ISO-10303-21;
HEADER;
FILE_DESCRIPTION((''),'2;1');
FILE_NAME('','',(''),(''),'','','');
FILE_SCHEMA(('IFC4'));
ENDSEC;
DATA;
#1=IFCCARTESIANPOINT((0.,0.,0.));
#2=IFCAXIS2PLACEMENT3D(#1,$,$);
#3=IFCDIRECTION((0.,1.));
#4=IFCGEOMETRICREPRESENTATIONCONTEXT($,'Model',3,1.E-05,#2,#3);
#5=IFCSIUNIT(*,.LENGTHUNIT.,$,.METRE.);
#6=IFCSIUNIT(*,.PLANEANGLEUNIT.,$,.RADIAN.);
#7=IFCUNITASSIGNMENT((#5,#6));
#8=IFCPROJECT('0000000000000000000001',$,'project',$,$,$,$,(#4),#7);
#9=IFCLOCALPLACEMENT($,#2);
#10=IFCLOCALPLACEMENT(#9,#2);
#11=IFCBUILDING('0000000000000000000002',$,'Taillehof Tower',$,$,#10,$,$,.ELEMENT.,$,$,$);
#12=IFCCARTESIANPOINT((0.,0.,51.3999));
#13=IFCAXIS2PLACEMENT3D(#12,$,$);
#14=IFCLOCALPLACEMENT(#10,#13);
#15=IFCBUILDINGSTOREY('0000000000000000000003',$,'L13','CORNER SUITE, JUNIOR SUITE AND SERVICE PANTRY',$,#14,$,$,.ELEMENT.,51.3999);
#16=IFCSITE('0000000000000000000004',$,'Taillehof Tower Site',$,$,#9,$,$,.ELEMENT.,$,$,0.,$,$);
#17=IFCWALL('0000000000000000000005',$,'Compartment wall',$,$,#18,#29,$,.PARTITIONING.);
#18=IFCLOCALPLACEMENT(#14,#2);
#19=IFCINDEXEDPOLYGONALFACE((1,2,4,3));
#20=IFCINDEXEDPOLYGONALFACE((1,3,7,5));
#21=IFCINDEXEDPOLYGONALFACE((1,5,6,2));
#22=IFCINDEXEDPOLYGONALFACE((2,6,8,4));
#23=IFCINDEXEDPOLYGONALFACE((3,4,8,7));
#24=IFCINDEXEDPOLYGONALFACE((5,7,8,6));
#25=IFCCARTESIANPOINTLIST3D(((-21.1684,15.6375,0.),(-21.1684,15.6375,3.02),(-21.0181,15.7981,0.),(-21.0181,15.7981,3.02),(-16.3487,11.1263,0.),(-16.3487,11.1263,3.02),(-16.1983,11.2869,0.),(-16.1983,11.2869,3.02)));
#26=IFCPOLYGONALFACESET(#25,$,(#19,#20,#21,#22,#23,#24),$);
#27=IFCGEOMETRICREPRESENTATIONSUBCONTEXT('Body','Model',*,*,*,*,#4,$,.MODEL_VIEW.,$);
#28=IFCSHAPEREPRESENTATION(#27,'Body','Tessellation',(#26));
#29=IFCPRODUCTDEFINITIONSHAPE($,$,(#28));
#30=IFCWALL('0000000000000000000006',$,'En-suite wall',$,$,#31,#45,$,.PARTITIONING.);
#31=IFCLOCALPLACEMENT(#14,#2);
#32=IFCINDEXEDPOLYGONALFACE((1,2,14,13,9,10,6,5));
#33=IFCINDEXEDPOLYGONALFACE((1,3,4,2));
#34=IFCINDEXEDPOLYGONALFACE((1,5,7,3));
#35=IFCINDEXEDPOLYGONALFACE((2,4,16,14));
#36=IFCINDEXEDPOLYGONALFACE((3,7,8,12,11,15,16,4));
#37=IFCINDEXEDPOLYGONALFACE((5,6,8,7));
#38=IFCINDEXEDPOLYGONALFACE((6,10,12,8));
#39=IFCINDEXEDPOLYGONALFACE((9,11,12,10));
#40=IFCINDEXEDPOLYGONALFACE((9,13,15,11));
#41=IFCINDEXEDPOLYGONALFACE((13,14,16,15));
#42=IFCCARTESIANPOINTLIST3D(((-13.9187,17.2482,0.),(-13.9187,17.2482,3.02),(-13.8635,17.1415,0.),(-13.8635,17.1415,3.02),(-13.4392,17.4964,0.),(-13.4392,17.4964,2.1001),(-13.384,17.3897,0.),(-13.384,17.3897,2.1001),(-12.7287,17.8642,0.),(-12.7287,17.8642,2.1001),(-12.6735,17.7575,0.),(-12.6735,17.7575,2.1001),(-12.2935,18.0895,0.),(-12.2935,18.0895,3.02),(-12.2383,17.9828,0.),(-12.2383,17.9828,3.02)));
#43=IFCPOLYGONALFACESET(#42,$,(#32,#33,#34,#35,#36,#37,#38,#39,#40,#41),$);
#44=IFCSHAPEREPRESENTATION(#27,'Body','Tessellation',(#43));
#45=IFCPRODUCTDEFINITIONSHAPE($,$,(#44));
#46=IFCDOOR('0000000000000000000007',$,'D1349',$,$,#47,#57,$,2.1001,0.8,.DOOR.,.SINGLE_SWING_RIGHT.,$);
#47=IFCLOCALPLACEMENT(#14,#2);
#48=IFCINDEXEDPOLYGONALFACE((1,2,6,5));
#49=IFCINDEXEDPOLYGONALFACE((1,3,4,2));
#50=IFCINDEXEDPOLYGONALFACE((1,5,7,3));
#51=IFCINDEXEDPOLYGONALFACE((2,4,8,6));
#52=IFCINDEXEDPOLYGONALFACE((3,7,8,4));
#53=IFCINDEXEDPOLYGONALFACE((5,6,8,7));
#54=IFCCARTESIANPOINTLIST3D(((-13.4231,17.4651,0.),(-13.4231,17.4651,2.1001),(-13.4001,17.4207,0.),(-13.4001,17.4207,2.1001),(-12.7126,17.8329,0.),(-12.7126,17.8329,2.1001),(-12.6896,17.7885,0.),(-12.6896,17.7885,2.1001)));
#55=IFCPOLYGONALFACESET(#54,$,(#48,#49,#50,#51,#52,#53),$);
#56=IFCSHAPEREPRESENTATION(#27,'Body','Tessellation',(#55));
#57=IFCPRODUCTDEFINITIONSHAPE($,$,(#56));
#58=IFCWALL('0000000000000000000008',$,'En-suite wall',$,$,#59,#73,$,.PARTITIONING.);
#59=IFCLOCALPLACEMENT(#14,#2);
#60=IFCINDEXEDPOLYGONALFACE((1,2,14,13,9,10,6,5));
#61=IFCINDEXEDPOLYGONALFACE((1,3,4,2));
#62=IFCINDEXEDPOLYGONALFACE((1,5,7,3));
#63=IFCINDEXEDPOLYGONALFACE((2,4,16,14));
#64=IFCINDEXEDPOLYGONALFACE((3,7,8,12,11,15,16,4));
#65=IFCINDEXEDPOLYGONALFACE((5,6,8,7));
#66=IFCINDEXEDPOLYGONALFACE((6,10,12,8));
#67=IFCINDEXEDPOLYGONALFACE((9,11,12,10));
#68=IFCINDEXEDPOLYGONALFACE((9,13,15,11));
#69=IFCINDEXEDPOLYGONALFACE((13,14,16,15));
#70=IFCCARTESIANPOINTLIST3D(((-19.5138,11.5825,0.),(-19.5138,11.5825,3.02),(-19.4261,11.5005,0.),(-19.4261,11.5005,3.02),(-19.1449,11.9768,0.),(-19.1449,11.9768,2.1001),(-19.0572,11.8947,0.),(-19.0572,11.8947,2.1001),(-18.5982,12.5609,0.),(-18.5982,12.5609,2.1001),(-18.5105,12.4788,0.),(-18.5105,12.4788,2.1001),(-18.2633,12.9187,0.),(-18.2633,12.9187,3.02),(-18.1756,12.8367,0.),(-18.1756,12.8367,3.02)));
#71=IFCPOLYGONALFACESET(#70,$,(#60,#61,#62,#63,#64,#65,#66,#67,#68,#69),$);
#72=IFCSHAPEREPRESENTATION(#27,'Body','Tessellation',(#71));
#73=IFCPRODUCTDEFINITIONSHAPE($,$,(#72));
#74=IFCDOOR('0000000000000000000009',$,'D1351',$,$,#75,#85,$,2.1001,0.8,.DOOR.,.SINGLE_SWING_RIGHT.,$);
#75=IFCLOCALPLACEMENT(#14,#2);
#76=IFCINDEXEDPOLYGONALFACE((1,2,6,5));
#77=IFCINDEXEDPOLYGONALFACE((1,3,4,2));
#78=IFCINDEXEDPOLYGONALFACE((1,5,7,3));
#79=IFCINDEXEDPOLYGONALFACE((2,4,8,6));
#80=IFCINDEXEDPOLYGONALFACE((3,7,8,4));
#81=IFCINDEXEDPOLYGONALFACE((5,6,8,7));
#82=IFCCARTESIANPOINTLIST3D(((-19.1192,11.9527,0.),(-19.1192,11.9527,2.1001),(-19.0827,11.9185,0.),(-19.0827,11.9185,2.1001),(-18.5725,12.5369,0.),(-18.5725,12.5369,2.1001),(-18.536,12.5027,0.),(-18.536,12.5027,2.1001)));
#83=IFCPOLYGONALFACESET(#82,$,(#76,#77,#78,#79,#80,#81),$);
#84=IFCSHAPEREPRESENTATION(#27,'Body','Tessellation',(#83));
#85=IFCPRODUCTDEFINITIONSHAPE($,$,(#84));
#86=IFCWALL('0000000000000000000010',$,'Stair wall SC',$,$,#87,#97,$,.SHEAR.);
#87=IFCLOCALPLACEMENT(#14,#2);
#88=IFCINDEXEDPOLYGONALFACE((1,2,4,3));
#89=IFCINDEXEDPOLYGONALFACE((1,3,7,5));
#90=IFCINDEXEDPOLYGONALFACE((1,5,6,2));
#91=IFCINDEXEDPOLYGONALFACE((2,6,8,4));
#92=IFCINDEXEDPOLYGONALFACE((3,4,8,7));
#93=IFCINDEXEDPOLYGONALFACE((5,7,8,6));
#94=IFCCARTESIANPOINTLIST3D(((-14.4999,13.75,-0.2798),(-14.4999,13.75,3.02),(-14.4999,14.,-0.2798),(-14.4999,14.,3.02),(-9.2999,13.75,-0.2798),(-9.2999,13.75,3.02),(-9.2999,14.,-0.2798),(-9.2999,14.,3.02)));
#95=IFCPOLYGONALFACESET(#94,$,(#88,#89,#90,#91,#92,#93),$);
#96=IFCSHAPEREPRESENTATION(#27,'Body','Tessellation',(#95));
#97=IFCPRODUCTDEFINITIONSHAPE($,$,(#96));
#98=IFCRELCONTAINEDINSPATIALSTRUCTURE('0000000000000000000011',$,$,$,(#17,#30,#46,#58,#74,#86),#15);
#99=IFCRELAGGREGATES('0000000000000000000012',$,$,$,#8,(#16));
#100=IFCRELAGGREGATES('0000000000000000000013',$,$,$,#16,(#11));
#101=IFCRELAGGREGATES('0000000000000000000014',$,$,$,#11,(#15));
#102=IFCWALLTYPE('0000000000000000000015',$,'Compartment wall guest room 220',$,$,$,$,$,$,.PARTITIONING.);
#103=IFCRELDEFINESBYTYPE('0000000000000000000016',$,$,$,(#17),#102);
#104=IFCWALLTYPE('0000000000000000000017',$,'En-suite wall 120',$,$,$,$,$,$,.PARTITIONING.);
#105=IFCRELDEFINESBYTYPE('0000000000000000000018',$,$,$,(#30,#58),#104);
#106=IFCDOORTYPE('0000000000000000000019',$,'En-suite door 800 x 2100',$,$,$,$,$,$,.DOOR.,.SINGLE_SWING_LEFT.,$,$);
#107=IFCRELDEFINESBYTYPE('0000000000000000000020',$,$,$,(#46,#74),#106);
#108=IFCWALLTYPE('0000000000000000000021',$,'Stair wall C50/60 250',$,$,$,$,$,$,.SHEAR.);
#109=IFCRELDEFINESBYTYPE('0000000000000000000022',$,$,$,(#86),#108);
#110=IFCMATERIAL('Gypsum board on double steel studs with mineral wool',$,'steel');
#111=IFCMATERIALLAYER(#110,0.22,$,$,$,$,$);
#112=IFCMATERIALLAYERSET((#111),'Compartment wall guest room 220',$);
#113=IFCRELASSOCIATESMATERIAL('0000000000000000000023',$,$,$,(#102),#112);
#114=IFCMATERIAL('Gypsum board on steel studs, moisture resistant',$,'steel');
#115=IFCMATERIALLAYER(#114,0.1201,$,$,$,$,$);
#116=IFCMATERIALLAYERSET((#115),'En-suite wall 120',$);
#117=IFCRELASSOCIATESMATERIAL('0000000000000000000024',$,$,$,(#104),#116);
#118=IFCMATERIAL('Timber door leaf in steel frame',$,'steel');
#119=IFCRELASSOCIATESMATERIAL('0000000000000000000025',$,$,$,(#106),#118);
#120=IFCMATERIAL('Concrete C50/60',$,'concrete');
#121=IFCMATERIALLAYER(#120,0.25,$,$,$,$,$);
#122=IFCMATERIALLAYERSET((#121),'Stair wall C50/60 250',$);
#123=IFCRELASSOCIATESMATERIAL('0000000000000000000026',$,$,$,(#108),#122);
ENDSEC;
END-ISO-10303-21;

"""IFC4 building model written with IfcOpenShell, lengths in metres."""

from ifc_helpers import new_model, si_unit, direction, frame, frame_2d, origin, place, context, subcontext, project, spatial, rectangle, extrude, material, layer, layer_set, type_object, element, fill, save


model = new_model("IFC4")

# Units and contexts
model_context = context("Model", 3, precision=1e-05, world=origin(), true_north=direction((0.0, 1.0)))
body_context = subcontext(model_context, "Body", "Model", "MODEL_VIEW")
ifc_project = project(units=[si_unit("LENGTHUNIT", "METRE"), si_unit("PLANEANGLEUNIT", "RADIAN")], contexts=[model_context])

# Site, building, storey
site_placement = place(None, origin())
site = spatial("IfcSite", under=ifc_project, at=site_placement, Name="Taillehof Tower Site", CompositionType="ELEMENT", RefElevation=0.0)
building_placement = place(site_placement, origin())
building = spatial("IfcBuilding", under=site, at=building_placement, Name="Taillehof Tower", CompositionType="ELEMENT")
storey_placement = place(building_placement, frame((0.0, 0.0, 51.3999)))
storey = spatial("IfcBuildingStorey", under=building, at=storey_placement, Name="L13", Description="CORNER SUITE, JUNIOR SUITE AND SERVICE PANTRY", CompositionType="ELEMENT", Elevation=51.3999)

# Wall
ifc_material_1 = material(Name="Gypsum board on double steel studs with mineral wool", Category="steel")
ifc_layer_1 = layer(ifc_material_1, 0.22)
ifc_layer_set_1 = layer_set([ifc_layer_1], Name="Compartment wall guest room 220")
wall_type_1 = type_object("IfcWallType", Name="Compartment wall guest room 220", PredefinedType="PARTITIONING", material=ifc_layer_set_1)
wall_1_placement = place(storey_placement, frame((-21.0933, 15.7178, 0.0), z_axis=(0.0, 0.0, 1.0), x_axis=(0.730093, -0.683348, 0.0)))
element("IfcWall", 1, at=wall_1_placement, inside=storey, type_object=wall_type_1, Name="Compartment wall", PredefinedType="PARTITIONING", context=body_context, shape_type="SweptSolid", body=[
    extrude(rectangle(XDim=6.6016, YDim=0.22, at=frame_2d((3.3008, 0.0))), origin(), (0.0, 0.0, 1.0), 3.02),
])

# Walls, openings, doors
ifc_material_2 = material(Name="Gypsum board on steel studs, moisture resistant", Category="steel")
ifc_layer_2 = layer(ifc_material_2, 0.1201)
ifc_layer_set_2 = layer_set([ifc_layer_2], Name="En-suite wall 120")
wall_type_2 = type_object("IfcWallType", Name="En-suite wall 120", PredefinedType="PARTITIONING", material=ifc_layer_set_2)
wall_2_placement = place(storey_placement, frame((-13.8911, 17.1948, 0.0), z_axis=(0.0, 0.0, 1.0), x_axis=(0.888069, 0.45971, 0.0)))
wall_2 = element("IfcWall", 2, at=wall_2_placement, inside=storey, type_object=wall_type_2, Name="En-suite wall", PredefinedType="PARTITIONING", context=body_context, shape_type="SweptSolid", body=[
    extrude(rectangle(XDim=1.8301, YDim=0.1201, at=frame_2d((0.915, 0.0))), origin(), (0.0, 0.0, 1.0), 3.02),
])
opening_1_placement = place(wall_2_placement, frame((0.54, 0.0, 0.0)))
opening_1 = element("IfcOpeningElement", 3, at=opening_1_placement, cuts=wall_2, PredefinedType="OPENING", context=body_context, shape_type="SweptSolid", body=[
    extrude(rectangle(XDim=0.8, YDim=2.1001, at=frame_2d((0.3999, 1.05))), frame((0.0, 0.0701, 0.0), z_axis=(0.0, -1.0, 0.0), x_axis=(1.0, 0.0, 0.0)), (0.0, 0.0, 1.0), 0.1401),
])
ifc_material_3 = material(Name="Timber door leaf in steel frame", Category="steel")
door_type_1 = type_object("IfcDoorType", Name="En-suite door 800 x 2100", OperationType="SINGLE_SWING_LEFT", PredefinedType="DOOR", material=ifc_material_3)
door_1_placement = place(opening_1_placement, origin())
door_1 = element("IfcDoor", 4, at=door_1_placement, inside=storey, type_object=door_type_1, Name="D1349", OperationType="SINGLE_SWING_RIGHT", OverallHeight=2.1001, OverallWidth=0.8, PredefinedType="DOOR", context=body_context, shape_type="SweptSolid", body=[
    extrude(rectangle(XDim=0.8, YDim=2.1001, at=frame_2d((0.3999, 1.05))), frame((0.0, 0.0249, 0.0), z_axis=(0.0, -1.0, 0.0), x_axis=(1.0, 0.0, 0.0)), (0.0, 0.0, 1.0), 0.05),
])
fill(opening_1, door_1)
wall_3_placement = place(storey_placement, frame((-19.47, 11.5415, 0.0), z_axis=(0.0, 0.0, 1.0), x_axis=(0.683306, 0.730132, 0.0)))
wall_3 = element("IfcWall", 5, at=wall_3_placement, inside=storey, type_object=wall_type_2, Name="En-suite wall", PredefinedType="PARTITIONING", context=body_context, shape_type="SweptSolid", body=[
    extrude(rectangle(XDim=1.8301, YDim=0.1201, at=frame_2d((0.915, 0.0))), origin(), (0.0, 0.0, 1.0), 3.02),
])
opening_2_placement = place(wall_3_placement, frame((0.54, 0.0, 0.0)))
opening_2 = element("IfcOpeningElement", 6, at=opening_2_placement, cuts=wall_3, PredefinedType="OPENING", context=body_context, shape_type="SweptSolid", body=[
    extrude(rectangle(XDim=0.8, YDim=2.1001, at=frame_2d((0.3999, 1.05))), frame((0.0, 0.0701, 0.0), z_axis=(0.0, -1.0, 0.0), x_axis=(1.0, 0.0, 0.0)), (0.0, 0.0, 1.0), 0.1401),
])
door_2_placement = place(opening_2_placement, origin())
door_2 = element("IfcDoor", 7, at=door_2_placement, inside=storey, type_object=door_type_1, Name="D1351", OperationType="SINGLE_SWING_RIGHT", OverallHeight=2.1001, OverallWidth=0.8, PredefinedType="DOOR", context=body_context, shape_type="SweptSolid", body=[
    extrude(rectangle(XDim=0.8, YDim=2.1001, at=frame_2d((0.3999, 1.05))), frame((0.0, 0.0249, 0.0), z_axis=(0.0, -1.0, 0.0), x_axis=(1.0, 0.0, 0.0)), (0.0, 0.0, 1.0), 0.05),
])
fill(opening_2, door_2)

# Wall
ifc_material_4 = material(Name="Concrete C50/60", Category="concrete")
ifc_layer_3 = layer(ifc_material_4, 0.25)
ifc_layer_set_3 = layer_set([ifc_layer_3], Name="Stair wall C50/60 250")
wall_type_3 = type_object("IfcWallType", Name="Stair wall C50/60 250", PredefinedType="SHEAR", material=ifc_layer_set_3)
wall_4_placement = place(storey_placement, frame((-14.5, 13.875, -0.2798), z_axis=(0.0, 0.0, 1.0), x_axis=(1.0, 0.0, 0.0)))
element("IfcWall", 8, at=wall_4_placement, inside=storey, type_object=wall_type_3, Name="Stair wall SC", PredefinedType="SHEAR", context=body_context, shape_type="SweptSolid", body=[
    extrude(rectangle(XDim=5.2, YDim=0.25, at=frame_2d((2.6001, 0.0))), origin(), (0.0, 0.0, 1.0), 3.2998),
])

save(model, "model.ifc")
